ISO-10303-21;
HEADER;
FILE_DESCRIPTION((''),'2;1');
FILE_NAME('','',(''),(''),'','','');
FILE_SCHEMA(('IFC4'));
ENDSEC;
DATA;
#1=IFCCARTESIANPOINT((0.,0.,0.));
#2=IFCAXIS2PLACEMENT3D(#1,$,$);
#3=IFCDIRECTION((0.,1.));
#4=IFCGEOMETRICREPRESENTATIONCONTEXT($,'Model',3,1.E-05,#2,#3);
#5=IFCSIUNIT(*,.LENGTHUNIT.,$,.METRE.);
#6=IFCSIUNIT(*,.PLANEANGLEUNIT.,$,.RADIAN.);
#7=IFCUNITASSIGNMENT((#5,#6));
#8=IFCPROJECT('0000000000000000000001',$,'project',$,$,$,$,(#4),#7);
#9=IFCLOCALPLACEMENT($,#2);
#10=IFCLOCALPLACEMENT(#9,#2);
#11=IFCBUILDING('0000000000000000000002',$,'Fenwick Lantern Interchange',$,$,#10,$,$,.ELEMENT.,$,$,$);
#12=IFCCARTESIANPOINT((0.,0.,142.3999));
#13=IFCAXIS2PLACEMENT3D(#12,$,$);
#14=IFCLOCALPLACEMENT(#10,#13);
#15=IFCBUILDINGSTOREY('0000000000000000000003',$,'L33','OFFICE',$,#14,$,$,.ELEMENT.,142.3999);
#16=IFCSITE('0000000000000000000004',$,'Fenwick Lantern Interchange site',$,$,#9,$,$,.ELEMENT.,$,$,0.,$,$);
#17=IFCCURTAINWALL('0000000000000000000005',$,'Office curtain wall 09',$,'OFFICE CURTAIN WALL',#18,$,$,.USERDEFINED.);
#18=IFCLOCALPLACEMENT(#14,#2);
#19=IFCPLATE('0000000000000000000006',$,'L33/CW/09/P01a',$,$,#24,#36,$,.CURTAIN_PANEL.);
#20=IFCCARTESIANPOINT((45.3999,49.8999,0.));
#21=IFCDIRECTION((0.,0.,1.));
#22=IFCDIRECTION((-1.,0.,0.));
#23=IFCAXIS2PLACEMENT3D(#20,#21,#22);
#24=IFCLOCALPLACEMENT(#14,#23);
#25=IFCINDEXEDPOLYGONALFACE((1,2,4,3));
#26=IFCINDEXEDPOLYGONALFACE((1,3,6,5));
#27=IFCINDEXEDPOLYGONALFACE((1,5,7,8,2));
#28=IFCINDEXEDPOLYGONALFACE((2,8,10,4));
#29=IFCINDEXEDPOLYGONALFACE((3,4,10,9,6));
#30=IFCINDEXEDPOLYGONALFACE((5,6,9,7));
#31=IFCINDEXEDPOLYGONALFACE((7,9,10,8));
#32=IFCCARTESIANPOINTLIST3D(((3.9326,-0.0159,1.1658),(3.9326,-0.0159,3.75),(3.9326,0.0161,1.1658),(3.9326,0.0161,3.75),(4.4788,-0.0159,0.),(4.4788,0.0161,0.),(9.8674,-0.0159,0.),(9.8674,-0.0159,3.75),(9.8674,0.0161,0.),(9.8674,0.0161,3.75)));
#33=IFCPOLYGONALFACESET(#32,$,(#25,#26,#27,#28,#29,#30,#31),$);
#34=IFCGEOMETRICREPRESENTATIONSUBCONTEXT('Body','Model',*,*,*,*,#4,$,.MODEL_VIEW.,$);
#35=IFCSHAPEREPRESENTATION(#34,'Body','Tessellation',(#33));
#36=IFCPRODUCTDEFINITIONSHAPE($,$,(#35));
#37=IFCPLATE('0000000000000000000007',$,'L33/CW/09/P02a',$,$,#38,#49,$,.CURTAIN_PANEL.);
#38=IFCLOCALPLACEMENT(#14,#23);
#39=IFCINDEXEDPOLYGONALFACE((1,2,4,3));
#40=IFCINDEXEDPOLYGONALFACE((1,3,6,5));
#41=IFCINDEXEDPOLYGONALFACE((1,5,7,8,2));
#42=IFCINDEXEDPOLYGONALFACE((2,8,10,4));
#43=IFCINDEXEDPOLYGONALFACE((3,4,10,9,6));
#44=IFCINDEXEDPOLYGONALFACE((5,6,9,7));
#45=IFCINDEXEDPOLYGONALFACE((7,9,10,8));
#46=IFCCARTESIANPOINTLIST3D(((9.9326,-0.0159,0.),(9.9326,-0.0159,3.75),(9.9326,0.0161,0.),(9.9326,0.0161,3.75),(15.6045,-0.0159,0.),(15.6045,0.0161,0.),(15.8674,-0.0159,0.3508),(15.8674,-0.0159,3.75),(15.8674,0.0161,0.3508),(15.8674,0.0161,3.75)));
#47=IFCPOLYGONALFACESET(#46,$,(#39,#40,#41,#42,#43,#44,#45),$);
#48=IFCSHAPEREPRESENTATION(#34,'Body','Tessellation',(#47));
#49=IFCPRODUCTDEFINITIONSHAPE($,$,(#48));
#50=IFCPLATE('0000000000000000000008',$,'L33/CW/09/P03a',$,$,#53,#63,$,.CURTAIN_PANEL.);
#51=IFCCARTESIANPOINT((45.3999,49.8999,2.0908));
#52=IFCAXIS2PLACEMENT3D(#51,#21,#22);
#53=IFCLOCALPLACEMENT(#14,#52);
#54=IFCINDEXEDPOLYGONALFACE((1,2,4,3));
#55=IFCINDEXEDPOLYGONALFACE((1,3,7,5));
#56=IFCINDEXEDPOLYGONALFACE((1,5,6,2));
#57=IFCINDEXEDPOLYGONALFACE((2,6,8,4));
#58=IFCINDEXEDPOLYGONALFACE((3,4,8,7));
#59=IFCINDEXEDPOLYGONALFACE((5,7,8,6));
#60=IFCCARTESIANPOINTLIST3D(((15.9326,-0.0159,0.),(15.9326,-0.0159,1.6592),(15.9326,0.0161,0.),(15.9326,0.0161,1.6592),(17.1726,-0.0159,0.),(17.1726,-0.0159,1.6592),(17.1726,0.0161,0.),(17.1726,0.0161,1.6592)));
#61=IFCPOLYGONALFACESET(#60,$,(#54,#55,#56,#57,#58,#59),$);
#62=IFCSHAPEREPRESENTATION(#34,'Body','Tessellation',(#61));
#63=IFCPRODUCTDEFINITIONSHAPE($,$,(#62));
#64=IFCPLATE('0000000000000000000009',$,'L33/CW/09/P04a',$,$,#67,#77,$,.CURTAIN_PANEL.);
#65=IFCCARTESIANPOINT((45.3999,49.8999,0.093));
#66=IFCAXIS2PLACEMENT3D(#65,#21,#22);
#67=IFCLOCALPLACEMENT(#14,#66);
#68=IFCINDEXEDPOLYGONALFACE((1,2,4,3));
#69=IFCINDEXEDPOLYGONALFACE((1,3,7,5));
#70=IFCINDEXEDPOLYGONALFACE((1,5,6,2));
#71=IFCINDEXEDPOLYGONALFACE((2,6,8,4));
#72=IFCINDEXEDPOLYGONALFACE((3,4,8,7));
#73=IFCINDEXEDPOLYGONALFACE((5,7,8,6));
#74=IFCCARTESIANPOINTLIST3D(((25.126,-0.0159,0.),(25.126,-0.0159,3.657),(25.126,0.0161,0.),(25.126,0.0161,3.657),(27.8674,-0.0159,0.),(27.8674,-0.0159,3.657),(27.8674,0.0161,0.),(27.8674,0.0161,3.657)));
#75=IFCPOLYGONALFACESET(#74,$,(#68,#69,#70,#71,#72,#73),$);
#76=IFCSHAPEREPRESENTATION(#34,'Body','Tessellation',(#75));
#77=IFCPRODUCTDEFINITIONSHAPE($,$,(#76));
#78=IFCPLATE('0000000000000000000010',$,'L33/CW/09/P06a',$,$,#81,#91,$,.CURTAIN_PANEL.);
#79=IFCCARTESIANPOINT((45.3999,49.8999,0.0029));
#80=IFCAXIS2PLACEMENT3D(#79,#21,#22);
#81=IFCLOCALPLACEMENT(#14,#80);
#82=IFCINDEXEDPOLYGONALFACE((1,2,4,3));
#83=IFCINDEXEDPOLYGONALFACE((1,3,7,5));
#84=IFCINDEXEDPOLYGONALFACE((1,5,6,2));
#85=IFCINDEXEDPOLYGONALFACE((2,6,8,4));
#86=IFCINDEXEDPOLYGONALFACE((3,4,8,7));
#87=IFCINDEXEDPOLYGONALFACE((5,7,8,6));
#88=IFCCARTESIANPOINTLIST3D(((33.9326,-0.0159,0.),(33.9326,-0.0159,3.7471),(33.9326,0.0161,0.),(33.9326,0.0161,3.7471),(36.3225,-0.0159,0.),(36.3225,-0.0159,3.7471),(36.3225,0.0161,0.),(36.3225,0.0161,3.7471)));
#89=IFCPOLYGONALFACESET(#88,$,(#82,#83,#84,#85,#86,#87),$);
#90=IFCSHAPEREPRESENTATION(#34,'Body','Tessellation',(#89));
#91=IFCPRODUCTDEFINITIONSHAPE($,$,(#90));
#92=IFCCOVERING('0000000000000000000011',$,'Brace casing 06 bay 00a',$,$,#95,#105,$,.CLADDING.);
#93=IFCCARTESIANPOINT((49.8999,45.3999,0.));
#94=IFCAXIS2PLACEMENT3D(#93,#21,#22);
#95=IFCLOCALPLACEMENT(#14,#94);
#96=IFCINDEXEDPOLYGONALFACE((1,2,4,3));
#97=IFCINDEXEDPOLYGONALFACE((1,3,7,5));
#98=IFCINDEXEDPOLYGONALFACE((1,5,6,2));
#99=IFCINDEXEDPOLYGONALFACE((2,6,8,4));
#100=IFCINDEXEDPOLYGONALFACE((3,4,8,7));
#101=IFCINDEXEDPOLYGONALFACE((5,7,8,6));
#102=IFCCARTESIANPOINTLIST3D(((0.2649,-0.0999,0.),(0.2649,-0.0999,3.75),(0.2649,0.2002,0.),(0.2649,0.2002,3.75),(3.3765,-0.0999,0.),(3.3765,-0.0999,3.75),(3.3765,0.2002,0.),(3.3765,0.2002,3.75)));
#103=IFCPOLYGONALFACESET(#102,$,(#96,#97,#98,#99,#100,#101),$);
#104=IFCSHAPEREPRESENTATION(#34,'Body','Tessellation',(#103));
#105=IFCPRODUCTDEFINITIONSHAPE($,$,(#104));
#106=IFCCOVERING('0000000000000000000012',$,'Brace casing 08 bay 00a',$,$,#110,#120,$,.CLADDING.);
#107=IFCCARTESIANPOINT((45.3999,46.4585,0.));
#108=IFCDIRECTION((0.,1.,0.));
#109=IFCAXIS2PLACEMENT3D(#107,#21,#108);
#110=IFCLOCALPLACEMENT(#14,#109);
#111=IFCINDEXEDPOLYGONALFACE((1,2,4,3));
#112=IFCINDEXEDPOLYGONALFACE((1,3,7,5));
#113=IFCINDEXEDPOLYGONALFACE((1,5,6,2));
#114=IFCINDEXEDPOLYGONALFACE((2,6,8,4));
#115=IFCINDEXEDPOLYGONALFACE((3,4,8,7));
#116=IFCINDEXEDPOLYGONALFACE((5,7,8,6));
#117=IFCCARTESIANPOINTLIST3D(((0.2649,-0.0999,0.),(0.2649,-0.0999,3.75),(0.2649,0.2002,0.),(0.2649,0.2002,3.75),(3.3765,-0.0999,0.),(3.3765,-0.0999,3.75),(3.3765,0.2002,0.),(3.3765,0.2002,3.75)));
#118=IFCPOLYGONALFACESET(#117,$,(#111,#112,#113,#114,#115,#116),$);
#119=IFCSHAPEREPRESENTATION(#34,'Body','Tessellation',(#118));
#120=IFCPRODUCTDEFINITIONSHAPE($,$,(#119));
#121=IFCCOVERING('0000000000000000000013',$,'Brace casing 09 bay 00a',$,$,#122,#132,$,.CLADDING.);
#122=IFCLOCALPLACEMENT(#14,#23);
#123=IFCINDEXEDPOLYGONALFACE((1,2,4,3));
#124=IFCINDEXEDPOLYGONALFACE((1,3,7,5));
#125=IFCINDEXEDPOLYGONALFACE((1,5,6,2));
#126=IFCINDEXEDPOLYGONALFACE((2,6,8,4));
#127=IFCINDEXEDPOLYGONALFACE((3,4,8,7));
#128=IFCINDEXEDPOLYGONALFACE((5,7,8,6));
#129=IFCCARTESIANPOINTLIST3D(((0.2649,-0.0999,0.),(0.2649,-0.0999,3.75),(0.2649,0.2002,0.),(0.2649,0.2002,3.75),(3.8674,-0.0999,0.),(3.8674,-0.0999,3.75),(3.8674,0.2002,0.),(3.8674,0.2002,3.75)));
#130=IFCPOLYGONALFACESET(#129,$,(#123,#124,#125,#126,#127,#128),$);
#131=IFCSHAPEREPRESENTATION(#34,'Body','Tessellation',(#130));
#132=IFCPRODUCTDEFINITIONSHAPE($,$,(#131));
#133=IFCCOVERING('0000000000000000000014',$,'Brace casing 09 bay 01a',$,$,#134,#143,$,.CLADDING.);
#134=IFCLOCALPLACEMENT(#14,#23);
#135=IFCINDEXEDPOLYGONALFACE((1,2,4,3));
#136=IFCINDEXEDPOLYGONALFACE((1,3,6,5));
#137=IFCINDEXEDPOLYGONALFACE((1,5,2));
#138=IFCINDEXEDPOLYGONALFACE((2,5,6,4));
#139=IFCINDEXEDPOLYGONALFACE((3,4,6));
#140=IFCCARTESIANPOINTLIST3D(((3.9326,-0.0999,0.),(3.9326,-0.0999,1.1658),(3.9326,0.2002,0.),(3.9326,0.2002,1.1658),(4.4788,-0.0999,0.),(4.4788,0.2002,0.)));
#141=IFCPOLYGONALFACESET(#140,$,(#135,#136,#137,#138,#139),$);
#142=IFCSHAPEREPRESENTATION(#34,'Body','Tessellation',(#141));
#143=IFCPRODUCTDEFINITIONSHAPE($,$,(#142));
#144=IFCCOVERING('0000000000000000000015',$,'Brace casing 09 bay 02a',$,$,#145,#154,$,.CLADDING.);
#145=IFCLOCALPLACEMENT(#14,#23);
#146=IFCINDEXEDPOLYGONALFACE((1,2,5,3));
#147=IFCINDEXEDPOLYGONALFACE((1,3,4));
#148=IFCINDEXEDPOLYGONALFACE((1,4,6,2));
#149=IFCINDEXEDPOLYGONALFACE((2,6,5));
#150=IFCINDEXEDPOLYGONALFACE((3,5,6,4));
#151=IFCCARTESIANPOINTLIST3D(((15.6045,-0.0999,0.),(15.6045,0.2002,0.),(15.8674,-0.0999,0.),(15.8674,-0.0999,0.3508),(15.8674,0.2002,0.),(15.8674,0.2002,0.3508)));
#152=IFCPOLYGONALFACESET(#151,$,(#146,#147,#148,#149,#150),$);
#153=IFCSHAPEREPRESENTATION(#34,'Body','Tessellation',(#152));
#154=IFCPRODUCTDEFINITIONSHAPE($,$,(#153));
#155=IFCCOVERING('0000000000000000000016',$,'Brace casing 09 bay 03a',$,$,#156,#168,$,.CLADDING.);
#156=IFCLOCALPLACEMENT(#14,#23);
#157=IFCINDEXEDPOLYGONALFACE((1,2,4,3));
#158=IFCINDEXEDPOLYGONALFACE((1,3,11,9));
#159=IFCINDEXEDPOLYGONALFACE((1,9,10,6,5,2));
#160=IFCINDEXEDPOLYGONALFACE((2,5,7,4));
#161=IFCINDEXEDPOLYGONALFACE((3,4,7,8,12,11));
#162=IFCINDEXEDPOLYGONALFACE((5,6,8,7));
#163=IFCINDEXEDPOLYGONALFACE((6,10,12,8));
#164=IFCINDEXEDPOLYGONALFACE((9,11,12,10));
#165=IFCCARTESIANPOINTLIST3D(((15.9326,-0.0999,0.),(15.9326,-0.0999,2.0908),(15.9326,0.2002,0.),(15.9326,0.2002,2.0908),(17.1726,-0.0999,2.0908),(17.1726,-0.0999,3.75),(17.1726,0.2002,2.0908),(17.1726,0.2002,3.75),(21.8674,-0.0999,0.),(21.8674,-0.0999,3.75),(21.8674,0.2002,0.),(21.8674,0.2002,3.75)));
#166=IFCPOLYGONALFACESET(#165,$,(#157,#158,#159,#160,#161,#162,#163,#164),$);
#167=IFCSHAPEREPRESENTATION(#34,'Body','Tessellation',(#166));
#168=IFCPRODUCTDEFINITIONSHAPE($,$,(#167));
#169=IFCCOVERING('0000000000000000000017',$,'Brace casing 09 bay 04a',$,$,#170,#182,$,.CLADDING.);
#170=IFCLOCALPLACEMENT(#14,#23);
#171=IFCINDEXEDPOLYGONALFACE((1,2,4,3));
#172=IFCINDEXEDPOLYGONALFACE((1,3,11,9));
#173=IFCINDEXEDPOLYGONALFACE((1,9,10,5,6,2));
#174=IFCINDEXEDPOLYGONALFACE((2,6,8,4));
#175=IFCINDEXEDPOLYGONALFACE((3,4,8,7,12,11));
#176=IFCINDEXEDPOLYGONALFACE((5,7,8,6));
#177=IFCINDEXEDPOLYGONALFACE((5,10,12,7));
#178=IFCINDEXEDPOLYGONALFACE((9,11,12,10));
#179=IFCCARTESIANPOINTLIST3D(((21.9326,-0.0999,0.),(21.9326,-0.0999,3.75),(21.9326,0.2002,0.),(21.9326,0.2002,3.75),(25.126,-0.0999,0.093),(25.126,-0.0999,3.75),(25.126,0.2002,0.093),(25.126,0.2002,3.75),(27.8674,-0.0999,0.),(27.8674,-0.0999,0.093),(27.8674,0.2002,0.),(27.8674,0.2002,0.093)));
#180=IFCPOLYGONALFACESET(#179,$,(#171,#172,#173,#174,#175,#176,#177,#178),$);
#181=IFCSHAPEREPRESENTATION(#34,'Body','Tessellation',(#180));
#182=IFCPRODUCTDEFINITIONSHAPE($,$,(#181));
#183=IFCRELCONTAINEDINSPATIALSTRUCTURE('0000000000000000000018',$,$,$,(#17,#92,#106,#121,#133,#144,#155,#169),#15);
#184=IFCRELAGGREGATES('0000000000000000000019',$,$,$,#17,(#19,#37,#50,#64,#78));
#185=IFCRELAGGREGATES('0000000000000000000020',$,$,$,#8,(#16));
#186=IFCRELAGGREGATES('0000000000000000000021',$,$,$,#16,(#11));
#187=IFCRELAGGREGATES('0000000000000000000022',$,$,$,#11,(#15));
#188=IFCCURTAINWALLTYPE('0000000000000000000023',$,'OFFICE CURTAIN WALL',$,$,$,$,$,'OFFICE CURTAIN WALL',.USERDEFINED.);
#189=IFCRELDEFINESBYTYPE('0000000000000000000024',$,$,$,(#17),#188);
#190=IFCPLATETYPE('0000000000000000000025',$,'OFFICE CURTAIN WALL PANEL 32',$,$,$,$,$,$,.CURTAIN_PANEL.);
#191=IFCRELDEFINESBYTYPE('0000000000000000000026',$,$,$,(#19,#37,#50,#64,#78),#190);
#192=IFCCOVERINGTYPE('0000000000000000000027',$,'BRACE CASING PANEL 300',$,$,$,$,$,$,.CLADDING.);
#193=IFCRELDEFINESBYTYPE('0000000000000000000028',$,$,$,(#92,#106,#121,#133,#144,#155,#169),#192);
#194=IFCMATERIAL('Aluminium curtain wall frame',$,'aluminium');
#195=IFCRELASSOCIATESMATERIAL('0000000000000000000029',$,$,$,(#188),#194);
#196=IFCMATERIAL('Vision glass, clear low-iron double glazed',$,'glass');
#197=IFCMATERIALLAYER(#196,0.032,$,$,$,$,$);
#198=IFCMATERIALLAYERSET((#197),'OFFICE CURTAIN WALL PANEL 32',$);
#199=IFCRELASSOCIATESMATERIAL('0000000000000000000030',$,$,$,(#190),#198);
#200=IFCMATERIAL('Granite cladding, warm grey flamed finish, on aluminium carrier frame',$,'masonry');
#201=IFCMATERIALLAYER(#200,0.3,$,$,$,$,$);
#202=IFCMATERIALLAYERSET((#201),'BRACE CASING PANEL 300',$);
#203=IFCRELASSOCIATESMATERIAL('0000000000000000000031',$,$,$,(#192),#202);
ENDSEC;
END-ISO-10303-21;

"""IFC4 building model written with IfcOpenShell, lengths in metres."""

from ifc_helpers import new_model, si_unit, direction, frame, origin, place, context, subcontext, project, spatial, polyline, outline, extrude, material, layer, layer_set, type_object, element, aggregate, save


model = new_model("IFC4")

# Units and contexts
model_context = context("Model", 3, precision=1e-05, world=origin(), true_north=direction((0.0, 1.0)))
body_context = subcontext(model_context, "Body", "Model", "MODEL_VIEW")
ifc_project = project(units=[si_unit("LENGTHUNIT", "METRE"), si_unit("PLANEANGLEUNIT", "RADIAN")], contexts=[model_context])

# Site, building, storey
site_placement = place(None, origin())
site = spatial("IfcSite", under=ifc_project, at=site_placement, Name="Fenwick Lantern Interchange site", CompositionType="ELEMENT", RefElevation=0.0)
building_placement = place(site_placement, origin())
building = spatial("IfcBuilding", under=site, at=building_placement, Name="Fenwick Lantern Interchange", CompositionType="ELEMENT")
storey_placement = place(building_placement, frame((0.0, 0.0, 142.3999)))
storey = spatial("IfcBuildingStorey", under=building, at=storey_placement, Name="L33", Description="OFFICE", CompositionType="ELEMENT", Elevation=142.3999)

# Shared definitions
ifc_material_1 = material(Name="Aluminium curtain wall frame", Category="aluminium")
curtain_wall_type = type_object("IfcCurtainWallType", Name="OFFICE CURTAIN WALL", ElementType="OFFICE CURTAIN WALL", PredefinedType="USERDEFINED", material=ifc_material_1)

# Curtain wall
curtain_wall_1_placement = place(storey_placement, origin())
curtain_wall_1 = element("IfcCurtainWall", 1, at=curtain_wall_1_placement, inside=storey, type_object=curtain_wall_type, Name="Office curtain wall 09", ObjectType="OFFICE CURTAIN WALL", PredefinedType="USERDEFINED")

# Plates
ifc_material_2 = material(Name="Vision glass, clear low-iron double glazed", Category="glass")
ifc_layer_1 = layer(ifc_material_2, 0.032)
ifc_layer_set_1 = layer_set([ifc_layer_1], Name="OFFICE CURTAIN WALL PANEL 32")
plate_type = type_object("IfcPlateType", Name="OFFICE CURTAIN WALL PANEL 32", PredefinedType="CURTAIN_PANEL", material=ifc_layer_set_1)
plate_1_placement = place(storey_placement, frame((45.3999, 49.8999, 0.0), z_axis=(0.0, 0.0, 1.0), x_axis=(-1.0, 0.0, 0.0)))
plate_1 = element("IfcPlate", 2, at=plate_1_placement, type_object=plate_type, Name="L33/CW/09/P01a", PredefinedType="CURTAIN_PANEL", context=body_context, shape_type="SweptSolid", body=[
    extrude(outline(polyline([(4.4788, 0.0), (9.8674, 0.0), (9.8674, 3.75), (3.9326, 3.75), (3.9326, 1.1658), (4.4788, 0.0)])), frame((0.0, 0.0161, 0.0), z_axis=(0.0, -1.0, 0.0), x_axis=(1.0, 0.0, 0.0)), (0.0, 0.0, 1.0), 0.032),
])
plate_2_placement = place(storey_placement, frame((45.3999, 49.8999, 0.0), z_axis=(0.0, 0.0, 1.0), x_axis=(-1.0, 0.0, 0.0)))
plate_2 = element("IfcPlate", 3, at=plate_2_placement, type_object=plate_type, Name="L33/CW/09/P02a", PredefinedType="CURTAIN_PANEL", context=body_context, shape_type="SweptSolid", body=[
    extrude(outline(polyline([(9.9326, 0.0), (15.6045, 0.0), (15.8674, 0.3508), (15.8674, 3.75), (9.9326, 3.75), (9.9326, 0.0)])), frame((0.0, 0.0161, 0.0), z_axis=(0.0, -1.0, 0.0), x_axis=(1.0, 0.0, 0.0)), (0.0, 0.0, 1.0), 0.032),
])
plate_3_placement = place(storey_placement, frame((45.3999, 49.8999, 2.0908), z_axis=(0.0, 0.0, 1.0), x_axis=(-1.0, 0.0, 0.0)))
plate_3 = element("IfcPlate", 4, at=plate_3_placement, type_object=plate_type, Name="L33/CW/09/P03a", PredefinedType="CURTAIN_PANEL", context=body_context, shape_type="SweptSolid", body=[
    extrude(outline(polyline([(15.9326, 0.0), (17.1726, 0.0), (17.1726, 1.6592), (15.9326, 1.6592), (15.9326, 0.0)])), frame((0.0, 0.0161, 0.0), z_axis=(0.0, -1.0, 0.0), x_axis=(1.0, 0.0, 0.0)), (0.0, 0.0, 1.0), 0.032),
])
plate_4_placement = place(storey_placement, frame((45.3999, 49.8999, 0.093), z_axis=(0.0, 0.0, 1.0), x_axis=(-1.0, 0.0, 0.0)))
plate_4 = element("IfcPlate", 5, at=plate_4_placement, type_object=plate_type, Name="L33/CW/09/P04a", PredefinedType="CURTAIN_PANEL", context=body_context, shape_type="SweptSolid", body=[
    extrude(outline(polyline([(25.126, 0.0), (27.8674, 0.0), (27.8674, 3.657), (25.126, 3.657), (25.126, 0.0)])), frame((0.0, 0.0161, 0.0), z_axis=(0.0, -1.0, 0.0), x_axis=(1.0, 0.0, 0.0)), (0.0, 0.0, 1.0), 0.032),
])
plate_5_placement = place(storey_placement, frame((45.3999, 49.8999, 0.0029), z_axis=(0.0, 0.0, 1.0), x_axis=(-1.0, 0.0, 0.0)))
plate_5 = element("IfcPlate", 6, at=plate_5_placement, type_object=plate_type, Name="L33/CW/09/P06a", PredefinedType="CURTAIN_PANEL", context=body_context, shape_type="SweptSolid", body=[
    extrude(outline(polyline([(33.9326, 0.0), (36.3225, 0.0), (36.3225, 3.7471), (33.9326, 3.7471), (33.9326, 0.0)])), frame((0.0, 0.0161, 0.0), z_axis=(0.0, -1.0, 0.0), x_axis=(1.0, 0.0, 0.0)), (0.0, 0.0, 1.0), 0.032),
])
aggregate(curtain_wall_1, [plate_1, plate_2, plate_3, plate_4, plate_5])

# Coverings
ifc_material_3 = material(Name="Granite cladding, warm grey flamed finish, on aluminium carrier frame", Category="masonry")
ifc_layer_2 = layer(ifc_material_3, 0.3)
ifc_layer_set_2 = layer_set([ifc_layer_2], Name="BRACE CASING PANEL 300")
covering_type = type_object("IfcCoveringType", Name="BRACE CASING PANEL 300", PredefinedType="CLADDING", material=ifc_layer_set_2)
for number, where, z_axis, x_axis, name in (
    (7, (49.8999, 45.3999, 0.0), (0.0, 0.0, 1.0), (-1.0, 0.0, 0.0), "Brace casing 06 bay 00a"),
    (8, (45.3999, 46.4585, 0.0), (0.0, 0.0, 1.0), (0.0, 1.0, 0.0), "Brace casing 08 bay 00a"),
):
    element("IfcCovering", number, at=place(storey_placement, frame(where, z_axis=z_axis, x_axis=x_axis)), inside=storey, type_object=covering_type, Name=name, PredefinedType="CLADDING", context=body_context, shape_type="SweptSolid", body=[
        extrude(outline(polyline([(0.2649, 0.0), (3.3765, 0.0), (3.3765, 3.75), (0.2649, 3.75), (0.2649, 0.0)])), frame((0.0, 0.2002, 0.0), z_axis=(0.0, -1.0, 0.0), x_axis=(1.0, 0.0, 0.0)), (0.0, 0.0, 1.0), 0.3),
    ])
covering_1_placement = place(storey_placement, frame((45.3999, 49.8999, 0.0), z_axis=(0.0, 0.0, 1.0), x_axis=(-1.0, 0.0, 0.0)))
element("IfcCovering", 9, at=covering_1_placement, inside=storey, type_object=covering_type, Name="Brace casing 09 bay 00a", PredefinedType="CLADDING", context=body_context, shape_type="SweptSolid", body=[
    extrude(outline(polyline([(0.2649, 0.0), (3.8674, 0.0), (3.8674, 3.75), (0.2649, 3.75), (0.2649, 0.0)])), frame((0.0, 0.2002, 0.0), z_axis=(0.0, -1.0, 0.0), x_axis=(1.0, 0.0, 0.0)), (0.0, 0.0, 1.0), 0.3),
])
covering_2_placement = place(storey_placement, frame((45.3999, 49.8999, 0.0), z_axis=(0.0, 0.0, 1.0), x_axis=(-1.0, 0.0, 0.0)))
element("IfcCovering", 10, at=covering_2_placement, inside=storey, type_object=covering_type, Name="Brace casing 09 bay 01a", PredefinedType="CLADDING", context=body_context, shape_type="SweptSolid", body=[
    extrude(outline(polyline([(3.9326, 0.0), (4.4788, 0.0), (3.9326, 1.1658), (3.9326, 0.0)])), frame((0.0, 0.2002, 0.0), z_axis=(0.0, -1.0, 0.0), x_axis=(1.0, 0.0, 0.0)), (0.0, 0.0, 1.0), 0.3),
])
covering_3_placement = place(storey_placement, frame((45.3999, 49.8999, 0.0), z_axis=(0.0, 0.0, 1.0), x_axis=(-1.0, 0.0, 0.0)))
element("IfcCovering", 11, at=covering_3_placement, inside=storey, type_object=covering_type, Name="Brace casing 09 bay 02a", PredefinedType="CLADDING", context=body_context, shape_type="SweptSolid", body=[
    extrude(outline(polyline([(15.6045, 0.0), (15.8674, 0.0), (15.8674, 0.3508), (15.6045, 0.0)])), frame((0.0, 0.2002, 0.0), z_axis=(0.0, -1.0, 0.0), x_axis=(1.0, 0.0, 0.0)), (0.0, 0.0, 1.0), 0.3),
])
covering_4_placement = place(storey_placement, frame((45.3999, 49.8999, 0.0), z_axis=(0.0, 0.0, 1.0), x_axis=(-1.0, 0.0, 0.0)))
element("IfcCovering", 12, at=covering_4_placement, inside=storey, type_object=covering_type, Name="Brace casing 09 bay 03a", PredefinedType="CLADDING", context=body_context, shape_type="SweptSolid", body=[
    extrude(outline(polyline([(15.9326, 0.0), (21.8674, 0.0), (21.8674, 3.75), (17.1726, 3.75), (17.1726, 2.0908), (15.9326, 2.0908), (15.9326, 0.0)])), frame((0.0, 0.2002, 0.0), z_axis=(0.0, -1.0, 0.0), x_axis=(1.0, 0.0, 0.0)), (0.0, 0.0, 1.0), 0.3),
])
covering_5_placement = place(storey_placement, frame((45.3999, 49.8999, 0.0), z_axis=(0.0, 0.0, 1.0), x_axis=(-1.0, 0.0, 0.0)))
element("IfcCovering", 13, at=covering_5_placement, inside=storey, type_object=covering_type, Name="Brace casing 09 bay 04a", PredefinedType="CLADDING", context=body_context, shape_type="SweptSolid", body=[
    extrude(outline(polyline([(21.9326, 0.0), (27.8674, 0.0), (27.8674, 0.093), (25.126, 0.093), (25.126, 3.75), (21.9326, 3.75), (21.9326, 0.0)])), frame((0.0, 0.2002, 0.0), z_axis=(0.0, -1.0, 0.0), x_axis=(1.0, 0.0, 0.0)), (0.0, 0.0, 1.0), 0.3),
])

save(model, "model.ifc")
